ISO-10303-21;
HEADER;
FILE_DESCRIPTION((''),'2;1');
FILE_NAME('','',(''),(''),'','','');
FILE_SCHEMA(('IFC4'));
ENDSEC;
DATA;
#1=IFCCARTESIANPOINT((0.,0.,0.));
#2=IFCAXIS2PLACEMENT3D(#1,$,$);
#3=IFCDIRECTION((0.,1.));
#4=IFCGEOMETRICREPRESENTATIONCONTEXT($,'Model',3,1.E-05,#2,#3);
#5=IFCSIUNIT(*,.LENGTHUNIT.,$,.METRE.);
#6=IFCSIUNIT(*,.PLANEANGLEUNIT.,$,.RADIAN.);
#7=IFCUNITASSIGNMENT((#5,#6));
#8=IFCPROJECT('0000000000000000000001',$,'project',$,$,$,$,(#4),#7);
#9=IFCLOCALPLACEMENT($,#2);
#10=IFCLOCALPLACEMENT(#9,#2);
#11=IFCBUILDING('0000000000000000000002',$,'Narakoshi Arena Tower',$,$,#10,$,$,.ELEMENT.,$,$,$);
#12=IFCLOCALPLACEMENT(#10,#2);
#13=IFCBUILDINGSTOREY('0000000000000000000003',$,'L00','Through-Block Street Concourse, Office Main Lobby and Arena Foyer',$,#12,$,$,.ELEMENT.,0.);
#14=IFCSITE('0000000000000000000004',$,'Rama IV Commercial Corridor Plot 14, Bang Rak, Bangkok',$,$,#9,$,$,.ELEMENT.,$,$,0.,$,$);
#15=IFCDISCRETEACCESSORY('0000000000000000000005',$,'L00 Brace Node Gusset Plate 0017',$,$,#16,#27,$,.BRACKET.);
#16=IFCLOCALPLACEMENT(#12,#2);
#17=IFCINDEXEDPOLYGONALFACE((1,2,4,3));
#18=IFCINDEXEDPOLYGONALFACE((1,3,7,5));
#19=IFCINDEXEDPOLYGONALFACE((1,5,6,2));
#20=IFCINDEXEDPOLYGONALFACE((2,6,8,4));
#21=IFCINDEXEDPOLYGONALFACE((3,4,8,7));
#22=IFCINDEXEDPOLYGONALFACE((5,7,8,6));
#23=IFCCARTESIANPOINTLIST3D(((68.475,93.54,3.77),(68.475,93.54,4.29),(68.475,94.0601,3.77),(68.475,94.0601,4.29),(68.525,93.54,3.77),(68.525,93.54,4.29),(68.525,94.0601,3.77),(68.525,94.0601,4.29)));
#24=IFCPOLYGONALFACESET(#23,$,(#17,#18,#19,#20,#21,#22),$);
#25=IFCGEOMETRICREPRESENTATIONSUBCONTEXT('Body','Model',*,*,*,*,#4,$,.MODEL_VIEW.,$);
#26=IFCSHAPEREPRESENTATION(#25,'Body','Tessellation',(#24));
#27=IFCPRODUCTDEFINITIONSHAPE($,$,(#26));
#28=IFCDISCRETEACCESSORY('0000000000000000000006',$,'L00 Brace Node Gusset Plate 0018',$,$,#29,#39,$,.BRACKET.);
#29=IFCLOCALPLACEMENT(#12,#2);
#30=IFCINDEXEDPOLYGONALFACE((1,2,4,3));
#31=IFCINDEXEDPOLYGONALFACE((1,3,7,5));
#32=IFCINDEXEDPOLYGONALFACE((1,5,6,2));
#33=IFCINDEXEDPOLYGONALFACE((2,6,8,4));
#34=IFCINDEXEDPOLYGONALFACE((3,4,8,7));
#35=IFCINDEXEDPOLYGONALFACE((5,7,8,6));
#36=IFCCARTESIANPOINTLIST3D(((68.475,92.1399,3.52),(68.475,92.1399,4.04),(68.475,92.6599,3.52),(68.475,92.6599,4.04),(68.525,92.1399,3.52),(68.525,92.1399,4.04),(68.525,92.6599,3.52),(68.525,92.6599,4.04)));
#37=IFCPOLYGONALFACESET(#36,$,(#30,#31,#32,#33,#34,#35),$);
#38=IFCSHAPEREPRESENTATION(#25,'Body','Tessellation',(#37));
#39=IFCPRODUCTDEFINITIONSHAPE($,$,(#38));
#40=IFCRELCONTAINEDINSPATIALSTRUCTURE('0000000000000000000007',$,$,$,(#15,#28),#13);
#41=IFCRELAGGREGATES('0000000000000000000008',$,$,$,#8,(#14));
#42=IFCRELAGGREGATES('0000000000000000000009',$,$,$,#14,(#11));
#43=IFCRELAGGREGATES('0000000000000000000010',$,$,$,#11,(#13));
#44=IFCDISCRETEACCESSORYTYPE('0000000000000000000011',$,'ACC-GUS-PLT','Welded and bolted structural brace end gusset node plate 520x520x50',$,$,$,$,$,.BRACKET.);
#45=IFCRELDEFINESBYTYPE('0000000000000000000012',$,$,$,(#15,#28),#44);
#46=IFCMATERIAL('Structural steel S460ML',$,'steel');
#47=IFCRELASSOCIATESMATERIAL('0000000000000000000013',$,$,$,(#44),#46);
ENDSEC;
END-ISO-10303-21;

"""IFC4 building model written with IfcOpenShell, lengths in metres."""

from ifc_helpers import new_model, si_unit, direction, frame, origin, origin_2d, place, context, subcontext, project, spatial, rectangle, extrude, material, type_object, element, save


model = new_model("IFC4")

# Units and contexts
model_context = context("Model", 3, precision=1e-05, world=origin(), true_north=direction((0.0, 1.0)))
body_context = subcontext(model_context, "Body", "Model", "MODEL_VIEW")
ifc_project = project(units=[si_unit("LENGTHUNIT", "METRE"), si_unit("PLANEANGLEUNIT", "RADIAN")], contexts=[model_context])

# Site, building, storey
site_placement = place(None, origin())
site = spatial("IfcSite", under=ifc_project, at=site_placement, Name="Rama IV Commercial Corridor Plot 14, Bang Rak, Bangkok", CompositionType="ELEMENT", RefElevation=0.0)
building_placement = place(site_placement, origin())
building = spatial("IfcBuilding", under=site, at=building_placement, Name="Narakoshi Arena Tower", CompositionType="ELEMENT")
storey_placement = place(building_placement, origin())
storey = spatial("IfcBuildingStorey", under=building, at=storey_placement, Name="L00", Description="Through-Block Street Concourse, Office Main Lobby and Arena Foyer", CompositionType="ELEMENT", Elevation=0.0)

# Discrete accessories
ifc_material_1 = material(Name="Structural steel S460ML", Category="steel")
discrete_accessory_type_1 = type_object("IfcDiscreteAccessoryType", Name="ACC-GUS-PLT", Description="Welded and bolted structural brace end gusset node plate 520x520x50", PredefinedType="BRACKET", material=ifc_material_1)
for number, where, z_axis, x_axis, name in (
    (1, (68.5, 93.8, 3.77), (0.0, 0.0, 1.0), (0.0, 1.0, 0.0), "L00 Brace Node Gusset Plate 0017"),
    (2, (68.5, 92.3999, 3.52), (0.0, 0.0, 1.0), (0.0, 1.0, 0.0), "L00 Brace Node Gusset Plate 0018"),
):
    element("IfcDiscreteAccessory", number, at=place(storey_placement, frame(where, z_axis=z_axis, x_axis=x_axis)), inside=storey, type_object=discrete_accessory_type_1, Name=name, PredefinedType="BRACKET", context=body_context, shape_type="SweptSolid", body=[
        extrude(rectangle(XDim=0.52, YDim=0.05, at=origin_2d()), origin(), (0.0, 0.0, 1.0), 0.52),
    ])

save(model, "model.ifc")
